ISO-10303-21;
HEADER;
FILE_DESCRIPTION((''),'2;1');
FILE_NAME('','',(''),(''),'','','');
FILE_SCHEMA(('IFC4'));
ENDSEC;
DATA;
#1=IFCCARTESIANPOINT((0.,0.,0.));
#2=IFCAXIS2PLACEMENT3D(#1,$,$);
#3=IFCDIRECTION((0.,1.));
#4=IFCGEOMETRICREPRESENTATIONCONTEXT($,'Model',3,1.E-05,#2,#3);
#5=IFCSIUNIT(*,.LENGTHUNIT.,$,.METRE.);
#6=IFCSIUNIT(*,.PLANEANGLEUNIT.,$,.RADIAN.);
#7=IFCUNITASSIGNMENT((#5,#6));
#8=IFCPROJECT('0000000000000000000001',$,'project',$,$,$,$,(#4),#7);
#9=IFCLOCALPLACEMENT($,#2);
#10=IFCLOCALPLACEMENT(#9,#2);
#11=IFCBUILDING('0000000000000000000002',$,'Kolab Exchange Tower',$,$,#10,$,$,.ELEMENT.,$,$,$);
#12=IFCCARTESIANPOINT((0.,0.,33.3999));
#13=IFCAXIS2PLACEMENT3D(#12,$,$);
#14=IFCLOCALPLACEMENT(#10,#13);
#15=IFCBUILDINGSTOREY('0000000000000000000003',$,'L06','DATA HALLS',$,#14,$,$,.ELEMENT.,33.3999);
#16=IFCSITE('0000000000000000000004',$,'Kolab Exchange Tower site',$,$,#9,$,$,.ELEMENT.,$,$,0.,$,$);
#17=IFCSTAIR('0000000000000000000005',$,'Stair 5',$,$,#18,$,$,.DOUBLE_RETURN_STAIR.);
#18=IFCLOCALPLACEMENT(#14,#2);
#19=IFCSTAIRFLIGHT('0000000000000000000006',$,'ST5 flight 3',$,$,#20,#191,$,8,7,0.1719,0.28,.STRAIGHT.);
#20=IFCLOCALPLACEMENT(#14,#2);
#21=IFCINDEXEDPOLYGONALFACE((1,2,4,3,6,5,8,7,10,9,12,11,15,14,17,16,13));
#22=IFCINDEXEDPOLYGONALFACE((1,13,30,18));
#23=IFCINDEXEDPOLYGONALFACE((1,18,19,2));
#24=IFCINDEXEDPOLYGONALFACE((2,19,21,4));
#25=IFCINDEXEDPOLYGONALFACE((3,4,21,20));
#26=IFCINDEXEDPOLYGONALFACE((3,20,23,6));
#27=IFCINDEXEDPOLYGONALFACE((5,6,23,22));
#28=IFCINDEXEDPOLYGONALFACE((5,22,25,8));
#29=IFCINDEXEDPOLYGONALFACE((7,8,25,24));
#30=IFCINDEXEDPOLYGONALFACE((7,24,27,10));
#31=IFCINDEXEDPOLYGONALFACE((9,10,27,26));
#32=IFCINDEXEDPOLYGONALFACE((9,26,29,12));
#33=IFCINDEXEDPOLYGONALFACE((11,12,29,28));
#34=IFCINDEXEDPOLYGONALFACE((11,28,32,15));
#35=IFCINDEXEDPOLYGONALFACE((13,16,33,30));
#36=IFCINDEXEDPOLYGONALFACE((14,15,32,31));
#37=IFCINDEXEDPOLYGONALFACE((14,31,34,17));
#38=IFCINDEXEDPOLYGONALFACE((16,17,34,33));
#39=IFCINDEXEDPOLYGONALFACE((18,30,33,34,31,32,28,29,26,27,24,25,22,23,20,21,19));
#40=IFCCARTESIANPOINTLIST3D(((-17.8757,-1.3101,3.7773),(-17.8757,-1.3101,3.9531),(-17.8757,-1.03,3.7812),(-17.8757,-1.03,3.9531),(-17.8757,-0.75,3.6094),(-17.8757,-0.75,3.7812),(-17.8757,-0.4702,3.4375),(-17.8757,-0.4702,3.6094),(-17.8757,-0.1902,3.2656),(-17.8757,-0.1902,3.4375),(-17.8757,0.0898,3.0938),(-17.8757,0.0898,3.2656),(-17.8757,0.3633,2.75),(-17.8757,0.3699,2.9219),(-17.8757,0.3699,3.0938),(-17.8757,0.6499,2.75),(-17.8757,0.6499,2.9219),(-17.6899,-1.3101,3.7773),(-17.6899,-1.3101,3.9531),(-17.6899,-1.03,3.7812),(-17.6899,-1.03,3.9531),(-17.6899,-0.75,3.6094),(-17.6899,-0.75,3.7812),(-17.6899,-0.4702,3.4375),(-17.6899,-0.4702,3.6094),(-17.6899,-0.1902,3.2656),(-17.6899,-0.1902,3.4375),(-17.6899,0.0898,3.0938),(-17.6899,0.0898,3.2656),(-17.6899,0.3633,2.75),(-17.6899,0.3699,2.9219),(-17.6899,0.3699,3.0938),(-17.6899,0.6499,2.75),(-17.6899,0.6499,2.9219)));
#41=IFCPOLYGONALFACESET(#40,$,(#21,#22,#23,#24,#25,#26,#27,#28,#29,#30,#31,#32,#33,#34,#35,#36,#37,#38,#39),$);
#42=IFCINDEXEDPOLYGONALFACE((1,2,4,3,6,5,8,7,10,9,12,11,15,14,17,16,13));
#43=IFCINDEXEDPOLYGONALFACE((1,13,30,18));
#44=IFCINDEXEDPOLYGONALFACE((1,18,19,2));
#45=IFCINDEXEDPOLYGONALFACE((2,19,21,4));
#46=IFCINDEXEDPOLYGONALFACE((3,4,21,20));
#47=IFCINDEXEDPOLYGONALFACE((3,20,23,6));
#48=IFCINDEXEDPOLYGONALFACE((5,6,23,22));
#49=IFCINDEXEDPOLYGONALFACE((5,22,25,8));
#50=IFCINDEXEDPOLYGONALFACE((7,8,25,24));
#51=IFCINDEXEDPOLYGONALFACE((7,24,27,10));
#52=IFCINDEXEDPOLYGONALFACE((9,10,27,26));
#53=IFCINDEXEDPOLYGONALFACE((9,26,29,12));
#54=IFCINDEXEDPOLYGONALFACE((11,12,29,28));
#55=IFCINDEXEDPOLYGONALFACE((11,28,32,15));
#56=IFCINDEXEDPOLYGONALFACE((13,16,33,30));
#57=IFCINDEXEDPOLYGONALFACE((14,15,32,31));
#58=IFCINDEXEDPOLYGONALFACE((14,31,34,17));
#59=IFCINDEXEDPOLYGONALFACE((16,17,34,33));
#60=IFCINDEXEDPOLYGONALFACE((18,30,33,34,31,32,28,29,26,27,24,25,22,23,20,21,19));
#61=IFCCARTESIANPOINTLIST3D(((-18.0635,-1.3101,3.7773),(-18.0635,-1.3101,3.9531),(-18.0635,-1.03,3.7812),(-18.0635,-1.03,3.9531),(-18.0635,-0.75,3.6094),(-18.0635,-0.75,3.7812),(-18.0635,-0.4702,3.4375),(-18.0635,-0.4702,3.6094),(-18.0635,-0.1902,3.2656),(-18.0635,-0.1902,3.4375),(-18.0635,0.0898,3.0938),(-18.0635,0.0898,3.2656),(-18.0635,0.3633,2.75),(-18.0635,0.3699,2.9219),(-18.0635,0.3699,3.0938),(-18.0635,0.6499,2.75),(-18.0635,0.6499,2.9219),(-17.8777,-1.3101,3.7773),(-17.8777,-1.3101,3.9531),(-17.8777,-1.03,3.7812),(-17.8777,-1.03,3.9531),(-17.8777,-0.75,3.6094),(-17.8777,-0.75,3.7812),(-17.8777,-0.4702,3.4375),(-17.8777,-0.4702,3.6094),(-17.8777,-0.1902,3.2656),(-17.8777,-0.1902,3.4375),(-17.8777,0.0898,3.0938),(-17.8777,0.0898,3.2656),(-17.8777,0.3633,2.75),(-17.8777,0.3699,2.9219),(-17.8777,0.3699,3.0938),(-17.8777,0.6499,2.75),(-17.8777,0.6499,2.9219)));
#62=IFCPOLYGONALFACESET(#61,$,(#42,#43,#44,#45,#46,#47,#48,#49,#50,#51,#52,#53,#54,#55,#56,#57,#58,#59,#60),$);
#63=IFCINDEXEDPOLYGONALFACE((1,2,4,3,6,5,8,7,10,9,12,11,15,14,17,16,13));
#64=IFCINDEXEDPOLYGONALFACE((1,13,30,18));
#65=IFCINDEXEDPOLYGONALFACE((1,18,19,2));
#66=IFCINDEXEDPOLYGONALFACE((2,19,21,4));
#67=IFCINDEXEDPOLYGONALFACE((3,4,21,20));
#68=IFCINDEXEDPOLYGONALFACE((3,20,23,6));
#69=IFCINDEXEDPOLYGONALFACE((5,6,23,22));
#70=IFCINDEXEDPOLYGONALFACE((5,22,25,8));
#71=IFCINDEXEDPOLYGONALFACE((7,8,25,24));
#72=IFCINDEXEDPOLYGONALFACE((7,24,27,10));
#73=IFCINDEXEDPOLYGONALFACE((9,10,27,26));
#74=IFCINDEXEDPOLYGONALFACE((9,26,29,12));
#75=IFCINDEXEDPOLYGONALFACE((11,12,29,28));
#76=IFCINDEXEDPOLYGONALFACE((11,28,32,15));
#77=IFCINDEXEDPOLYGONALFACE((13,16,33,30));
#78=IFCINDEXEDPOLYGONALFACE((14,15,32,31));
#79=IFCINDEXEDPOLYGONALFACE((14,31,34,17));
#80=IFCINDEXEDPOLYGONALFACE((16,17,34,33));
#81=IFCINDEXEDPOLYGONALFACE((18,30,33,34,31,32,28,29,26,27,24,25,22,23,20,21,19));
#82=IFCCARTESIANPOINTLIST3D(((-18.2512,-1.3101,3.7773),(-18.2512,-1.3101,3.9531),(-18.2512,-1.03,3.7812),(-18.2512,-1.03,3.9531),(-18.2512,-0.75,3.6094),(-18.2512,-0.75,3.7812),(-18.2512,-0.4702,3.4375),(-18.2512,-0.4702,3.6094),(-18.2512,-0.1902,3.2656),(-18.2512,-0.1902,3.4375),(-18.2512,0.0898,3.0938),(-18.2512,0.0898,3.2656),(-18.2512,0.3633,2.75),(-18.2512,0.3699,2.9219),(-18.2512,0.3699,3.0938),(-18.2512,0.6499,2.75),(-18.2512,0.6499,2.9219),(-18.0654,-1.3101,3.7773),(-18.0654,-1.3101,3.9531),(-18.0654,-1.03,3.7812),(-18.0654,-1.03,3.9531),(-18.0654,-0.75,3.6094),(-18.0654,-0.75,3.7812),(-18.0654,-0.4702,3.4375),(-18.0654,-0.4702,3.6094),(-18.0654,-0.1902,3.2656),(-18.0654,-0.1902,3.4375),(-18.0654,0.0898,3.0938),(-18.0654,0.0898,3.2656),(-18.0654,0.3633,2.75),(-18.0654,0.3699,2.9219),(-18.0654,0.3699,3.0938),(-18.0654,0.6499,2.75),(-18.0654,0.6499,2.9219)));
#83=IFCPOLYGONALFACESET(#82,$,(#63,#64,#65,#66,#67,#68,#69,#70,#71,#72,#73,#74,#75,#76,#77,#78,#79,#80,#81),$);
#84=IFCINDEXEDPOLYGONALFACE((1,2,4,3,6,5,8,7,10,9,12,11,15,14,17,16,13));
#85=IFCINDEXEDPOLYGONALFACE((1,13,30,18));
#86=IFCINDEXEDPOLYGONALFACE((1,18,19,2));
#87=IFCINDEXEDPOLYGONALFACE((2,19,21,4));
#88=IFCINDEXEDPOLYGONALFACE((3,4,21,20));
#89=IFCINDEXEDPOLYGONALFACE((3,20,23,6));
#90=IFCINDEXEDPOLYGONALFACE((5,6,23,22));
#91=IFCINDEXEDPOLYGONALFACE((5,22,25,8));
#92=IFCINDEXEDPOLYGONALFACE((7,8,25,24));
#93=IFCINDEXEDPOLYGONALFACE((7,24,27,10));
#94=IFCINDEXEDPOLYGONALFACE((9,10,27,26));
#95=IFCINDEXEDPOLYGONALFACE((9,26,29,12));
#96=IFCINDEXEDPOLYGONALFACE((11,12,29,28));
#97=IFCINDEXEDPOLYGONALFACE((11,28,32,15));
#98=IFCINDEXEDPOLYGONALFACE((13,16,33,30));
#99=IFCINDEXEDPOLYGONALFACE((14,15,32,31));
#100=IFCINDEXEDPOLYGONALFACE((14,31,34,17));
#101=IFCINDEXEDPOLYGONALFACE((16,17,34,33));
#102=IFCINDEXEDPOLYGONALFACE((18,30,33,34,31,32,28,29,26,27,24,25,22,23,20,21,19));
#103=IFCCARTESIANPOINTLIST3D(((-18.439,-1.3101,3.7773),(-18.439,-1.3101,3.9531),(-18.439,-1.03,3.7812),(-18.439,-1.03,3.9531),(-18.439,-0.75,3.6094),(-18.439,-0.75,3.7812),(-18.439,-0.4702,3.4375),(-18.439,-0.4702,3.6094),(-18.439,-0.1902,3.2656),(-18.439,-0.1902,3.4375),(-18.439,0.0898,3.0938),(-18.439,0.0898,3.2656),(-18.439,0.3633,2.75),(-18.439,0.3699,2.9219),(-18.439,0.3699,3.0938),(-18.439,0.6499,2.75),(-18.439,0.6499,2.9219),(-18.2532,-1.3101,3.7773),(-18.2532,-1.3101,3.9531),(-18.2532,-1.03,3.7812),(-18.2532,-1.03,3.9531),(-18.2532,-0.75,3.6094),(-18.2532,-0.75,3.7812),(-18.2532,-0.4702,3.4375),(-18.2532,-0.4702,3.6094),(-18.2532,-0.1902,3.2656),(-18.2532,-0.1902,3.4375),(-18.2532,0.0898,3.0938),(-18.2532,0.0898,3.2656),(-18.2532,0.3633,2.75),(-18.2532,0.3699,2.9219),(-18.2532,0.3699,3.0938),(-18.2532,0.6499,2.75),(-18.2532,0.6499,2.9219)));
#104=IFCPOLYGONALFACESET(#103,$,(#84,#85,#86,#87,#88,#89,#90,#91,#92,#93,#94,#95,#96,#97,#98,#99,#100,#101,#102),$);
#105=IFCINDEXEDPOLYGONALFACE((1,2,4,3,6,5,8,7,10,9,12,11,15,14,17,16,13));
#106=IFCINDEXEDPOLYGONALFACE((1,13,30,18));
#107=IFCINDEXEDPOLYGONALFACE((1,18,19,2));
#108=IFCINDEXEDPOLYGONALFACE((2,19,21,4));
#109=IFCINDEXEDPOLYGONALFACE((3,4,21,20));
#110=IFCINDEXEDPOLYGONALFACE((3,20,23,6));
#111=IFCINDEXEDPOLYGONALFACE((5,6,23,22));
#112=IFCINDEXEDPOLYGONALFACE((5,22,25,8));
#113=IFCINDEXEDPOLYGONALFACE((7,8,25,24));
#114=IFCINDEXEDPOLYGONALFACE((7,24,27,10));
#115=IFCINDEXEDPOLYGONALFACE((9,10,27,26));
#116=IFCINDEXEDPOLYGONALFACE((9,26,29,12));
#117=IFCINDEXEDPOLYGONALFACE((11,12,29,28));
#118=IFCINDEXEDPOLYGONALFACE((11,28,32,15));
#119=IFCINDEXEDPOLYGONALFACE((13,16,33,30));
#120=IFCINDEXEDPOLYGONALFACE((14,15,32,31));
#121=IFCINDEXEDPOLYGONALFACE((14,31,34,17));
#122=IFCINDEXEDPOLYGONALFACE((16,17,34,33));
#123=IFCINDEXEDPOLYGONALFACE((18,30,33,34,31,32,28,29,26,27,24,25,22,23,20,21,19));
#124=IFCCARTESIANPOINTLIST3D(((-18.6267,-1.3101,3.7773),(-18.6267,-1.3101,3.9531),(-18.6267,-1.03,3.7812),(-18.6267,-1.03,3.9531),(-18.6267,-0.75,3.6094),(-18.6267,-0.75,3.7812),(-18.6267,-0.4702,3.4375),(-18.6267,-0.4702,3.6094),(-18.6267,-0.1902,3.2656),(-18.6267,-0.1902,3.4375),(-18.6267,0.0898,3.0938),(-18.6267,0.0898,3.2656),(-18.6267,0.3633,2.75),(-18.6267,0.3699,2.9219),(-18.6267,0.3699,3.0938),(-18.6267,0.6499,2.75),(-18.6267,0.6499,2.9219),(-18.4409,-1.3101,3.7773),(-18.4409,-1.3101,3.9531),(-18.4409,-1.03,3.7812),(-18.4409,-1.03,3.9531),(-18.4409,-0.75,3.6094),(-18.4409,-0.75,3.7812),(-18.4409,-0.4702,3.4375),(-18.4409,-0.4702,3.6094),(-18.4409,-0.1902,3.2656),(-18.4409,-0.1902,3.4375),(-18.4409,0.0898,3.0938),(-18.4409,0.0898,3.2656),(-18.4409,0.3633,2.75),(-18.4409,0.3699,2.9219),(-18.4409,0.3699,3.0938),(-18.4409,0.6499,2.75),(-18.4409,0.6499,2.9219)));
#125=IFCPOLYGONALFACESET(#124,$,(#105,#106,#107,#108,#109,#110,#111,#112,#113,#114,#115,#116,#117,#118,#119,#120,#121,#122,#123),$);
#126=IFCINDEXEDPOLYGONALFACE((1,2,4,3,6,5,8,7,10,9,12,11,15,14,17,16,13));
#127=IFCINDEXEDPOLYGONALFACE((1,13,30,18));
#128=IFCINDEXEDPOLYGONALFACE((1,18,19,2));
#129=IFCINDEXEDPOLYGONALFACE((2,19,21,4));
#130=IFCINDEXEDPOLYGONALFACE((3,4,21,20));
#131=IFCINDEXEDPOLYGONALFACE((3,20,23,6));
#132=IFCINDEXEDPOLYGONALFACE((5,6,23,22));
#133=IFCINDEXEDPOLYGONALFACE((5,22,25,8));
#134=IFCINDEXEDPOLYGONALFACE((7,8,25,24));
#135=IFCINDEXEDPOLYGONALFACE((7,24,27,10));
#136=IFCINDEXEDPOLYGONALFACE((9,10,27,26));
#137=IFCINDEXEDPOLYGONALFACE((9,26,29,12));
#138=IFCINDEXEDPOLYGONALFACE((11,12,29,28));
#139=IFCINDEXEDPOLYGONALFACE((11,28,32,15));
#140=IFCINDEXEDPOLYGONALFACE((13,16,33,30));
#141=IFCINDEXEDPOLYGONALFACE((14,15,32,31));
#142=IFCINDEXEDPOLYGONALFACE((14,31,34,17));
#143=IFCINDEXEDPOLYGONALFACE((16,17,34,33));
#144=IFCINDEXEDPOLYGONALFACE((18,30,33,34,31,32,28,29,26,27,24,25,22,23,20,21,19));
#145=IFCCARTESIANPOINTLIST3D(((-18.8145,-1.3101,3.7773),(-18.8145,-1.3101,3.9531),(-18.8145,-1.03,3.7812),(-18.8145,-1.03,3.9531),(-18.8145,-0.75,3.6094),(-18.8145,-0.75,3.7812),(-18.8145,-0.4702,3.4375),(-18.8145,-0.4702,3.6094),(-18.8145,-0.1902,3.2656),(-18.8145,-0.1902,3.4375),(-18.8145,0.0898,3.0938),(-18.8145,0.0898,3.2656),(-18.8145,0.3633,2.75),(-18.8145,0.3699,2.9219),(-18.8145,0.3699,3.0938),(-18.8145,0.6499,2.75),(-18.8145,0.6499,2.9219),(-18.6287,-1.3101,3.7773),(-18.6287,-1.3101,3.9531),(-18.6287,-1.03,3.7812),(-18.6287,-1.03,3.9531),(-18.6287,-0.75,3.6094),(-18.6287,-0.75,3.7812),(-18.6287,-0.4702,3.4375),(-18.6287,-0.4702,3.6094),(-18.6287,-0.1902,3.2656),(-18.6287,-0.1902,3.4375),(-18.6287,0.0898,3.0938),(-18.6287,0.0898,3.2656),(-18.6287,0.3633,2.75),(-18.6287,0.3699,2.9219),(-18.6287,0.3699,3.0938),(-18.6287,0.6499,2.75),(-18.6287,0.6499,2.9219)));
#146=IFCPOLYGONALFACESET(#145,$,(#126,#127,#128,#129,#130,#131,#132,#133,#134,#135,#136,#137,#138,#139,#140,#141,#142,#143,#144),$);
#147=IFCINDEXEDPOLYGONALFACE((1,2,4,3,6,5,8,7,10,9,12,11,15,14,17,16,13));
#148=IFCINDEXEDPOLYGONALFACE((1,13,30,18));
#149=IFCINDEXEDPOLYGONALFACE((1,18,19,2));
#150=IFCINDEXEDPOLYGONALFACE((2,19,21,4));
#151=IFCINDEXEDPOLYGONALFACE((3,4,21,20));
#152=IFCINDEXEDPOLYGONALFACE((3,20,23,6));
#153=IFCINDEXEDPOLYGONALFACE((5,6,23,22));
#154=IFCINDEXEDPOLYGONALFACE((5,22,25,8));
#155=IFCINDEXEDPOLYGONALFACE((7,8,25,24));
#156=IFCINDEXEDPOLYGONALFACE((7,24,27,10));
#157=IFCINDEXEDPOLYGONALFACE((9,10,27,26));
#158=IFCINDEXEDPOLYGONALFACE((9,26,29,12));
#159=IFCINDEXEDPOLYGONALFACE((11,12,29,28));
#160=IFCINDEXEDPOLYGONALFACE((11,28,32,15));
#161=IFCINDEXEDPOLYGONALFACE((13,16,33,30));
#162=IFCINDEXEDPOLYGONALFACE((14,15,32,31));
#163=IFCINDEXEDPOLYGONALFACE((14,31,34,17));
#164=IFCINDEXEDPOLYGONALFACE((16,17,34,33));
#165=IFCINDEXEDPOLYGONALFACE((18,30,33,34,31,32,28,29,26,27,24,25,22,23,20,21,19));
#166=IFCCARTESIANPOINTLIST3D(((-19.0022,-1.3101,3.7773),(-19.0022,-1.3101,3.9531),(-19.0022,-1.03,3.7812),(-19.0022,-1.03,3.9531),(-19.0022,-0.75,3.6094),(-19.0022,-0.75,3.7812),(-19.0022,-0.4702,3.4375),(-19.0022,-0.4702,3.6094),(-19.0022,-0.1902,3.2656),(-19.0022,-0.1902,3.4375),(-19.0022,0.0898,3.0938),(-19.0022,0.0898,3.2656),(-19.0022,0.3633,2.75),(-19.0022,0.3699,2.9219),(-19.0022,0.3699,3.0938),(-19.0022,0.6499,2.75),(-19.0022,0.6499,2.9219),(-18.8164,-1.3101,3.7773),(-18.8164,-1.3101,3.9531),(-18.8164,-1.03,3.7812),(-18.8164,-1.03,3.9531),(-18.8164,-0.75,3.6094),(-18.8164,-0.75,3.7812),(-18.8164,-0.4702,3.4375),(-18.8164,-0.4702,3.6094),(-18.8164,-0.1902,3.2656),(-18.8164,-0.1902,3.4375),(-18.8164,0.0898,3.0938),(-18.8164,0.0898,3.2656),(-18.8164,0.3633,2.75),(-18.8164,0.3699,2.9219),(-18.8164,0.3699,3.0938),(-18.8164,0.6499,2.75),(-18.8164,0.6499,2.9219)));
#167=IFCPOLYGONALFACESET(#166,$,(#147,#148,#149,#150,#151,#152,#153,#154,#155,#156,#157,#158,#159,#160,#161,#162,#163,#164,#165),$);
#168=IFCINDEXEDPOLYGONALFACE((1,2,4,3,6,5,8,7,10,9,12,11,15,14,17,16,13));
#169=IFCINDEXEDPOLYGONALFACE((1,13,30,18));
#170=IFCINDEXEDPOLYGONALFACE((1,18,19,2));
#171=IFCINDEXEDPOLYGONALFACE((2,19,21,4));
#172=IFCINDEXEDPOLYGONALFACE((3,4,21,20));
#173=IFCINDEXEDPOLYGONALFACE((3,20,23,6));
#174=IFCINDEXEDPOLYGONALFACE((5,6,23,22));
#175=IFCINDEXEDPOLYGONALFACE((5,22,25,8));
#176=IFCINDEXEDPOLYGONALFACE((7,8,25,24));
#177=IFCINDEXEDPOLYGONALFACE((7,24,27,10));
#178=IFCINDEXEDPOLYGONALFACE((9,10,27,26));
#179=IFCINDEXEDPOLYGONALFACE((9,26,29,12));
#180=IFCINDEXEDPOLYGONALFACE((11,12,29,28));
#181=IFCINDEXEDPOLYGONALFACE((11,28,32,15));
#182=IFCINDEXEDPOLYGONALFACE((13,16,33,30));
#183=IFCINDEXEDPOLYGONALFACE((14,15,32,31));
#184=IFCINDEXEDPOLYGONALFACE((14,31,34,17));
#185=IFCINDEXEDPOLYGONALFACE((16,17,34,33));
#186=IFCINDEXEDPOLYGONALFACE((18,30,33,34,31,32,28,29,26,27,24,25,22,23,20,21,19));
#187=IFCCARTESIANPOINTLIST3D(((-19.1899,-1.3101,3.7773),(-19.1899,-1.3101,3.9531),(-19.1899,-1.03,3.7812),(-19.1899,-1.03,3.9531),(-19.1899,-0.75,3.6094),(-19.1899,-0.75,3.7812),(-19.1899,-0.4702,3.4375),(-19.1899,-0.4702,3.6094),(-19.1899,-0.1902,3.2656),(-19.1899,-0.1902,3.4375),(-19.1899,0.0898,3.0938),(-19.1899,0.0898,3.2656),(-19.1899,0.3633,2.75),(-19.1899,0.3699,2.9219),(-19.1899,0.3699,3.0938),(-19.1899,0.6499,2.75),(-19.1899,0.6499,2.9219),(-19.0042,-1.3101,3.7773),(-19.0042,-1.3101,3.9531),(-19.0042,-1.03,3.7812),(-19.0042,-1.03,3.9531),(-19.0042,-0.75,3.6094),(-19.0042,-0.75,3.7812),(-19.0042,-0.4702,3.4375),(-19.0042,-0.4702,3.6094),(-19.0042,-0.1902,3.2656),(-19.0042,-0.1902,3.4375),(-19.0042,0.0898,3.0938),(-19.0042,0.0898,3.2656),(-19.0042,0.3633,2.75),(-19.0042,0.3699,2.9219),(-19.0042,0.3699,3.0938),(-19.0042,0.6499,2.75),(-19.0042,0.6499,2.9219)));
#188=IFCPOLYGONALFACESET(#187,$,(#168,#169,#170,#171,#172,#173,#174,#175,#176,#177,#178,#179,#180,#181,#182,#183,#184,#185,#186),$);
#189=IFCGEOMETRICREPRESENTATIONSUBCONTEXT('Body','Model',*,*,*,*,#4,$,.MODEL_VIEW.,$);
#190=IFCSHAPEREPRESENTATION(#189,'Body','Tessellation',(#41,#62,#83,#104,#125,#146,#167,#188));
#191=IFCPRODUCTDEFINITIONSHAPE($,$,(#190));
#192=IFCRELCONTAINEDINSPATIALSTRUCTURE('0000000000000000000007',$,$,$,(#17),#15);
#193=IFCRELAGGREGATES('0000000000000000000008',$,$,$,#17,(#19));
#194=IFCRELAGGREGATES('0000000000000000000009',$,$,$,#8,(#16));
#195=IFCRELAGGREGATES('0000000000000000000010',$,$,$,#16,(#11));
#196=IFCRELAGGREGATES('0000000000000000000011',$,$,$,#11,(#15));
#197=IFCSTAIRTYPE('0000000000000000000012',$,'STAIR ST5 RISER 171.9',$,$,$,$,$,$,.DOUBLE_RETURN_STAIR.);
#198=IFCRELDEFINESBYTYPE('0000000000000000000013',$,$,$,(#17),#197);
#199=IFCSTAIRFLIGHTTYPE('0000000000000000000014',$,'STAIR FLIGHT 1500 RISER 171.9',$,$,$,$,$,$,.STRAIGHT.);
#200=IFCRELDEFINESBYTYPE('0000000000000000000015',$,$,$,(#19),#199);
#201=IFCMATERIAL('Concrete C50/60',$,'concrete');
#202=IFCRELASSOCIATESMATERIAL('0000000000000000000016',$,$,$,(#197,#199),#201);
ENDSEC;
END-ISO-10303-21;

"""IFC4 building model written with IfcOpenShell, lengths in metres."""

from ifc_helpers import new_model, si_unit, direction, frame, origin, place, context, subcontext, project, spatial, polyline, outline, extrude, material, type_object, element, aggregate, save


model = new_model("IFC4")

# Units and contexts
model_context = context("Model", 3, precision=1e-05, world=origin(), true_north=direction((0.0, 1.0)))
body_context = subcontext(model_context, "Body", "Model", "MODEL_VIEW")
ifc_project = project(units=[si_unit("LENGTHUNIT", "METRE"), si_unit("PLANEANGLEUNIT", "RADIAN")], contexts=[model_context])

# Site, building, storey
site_placement = place(None, origin())
site = spatial("IfcSite", under=ifc_project, at=site_placement, Name="Kolab Exchange Tower site", CompositionType="ELEMENT", RefElevation=0.0)
building_placement = place(site_placement, origin())
building = spatial("IfcBuilding", under=site, at=building_placement, Name="Kolab Exchange Tower", CompositionType="ELEMENT")
storey_placement = place(building_placement, frame((0.0, 0.0, 33.3999)))
storey = spatial("IfcBuildingStorey", under=building, at=storey_placement, Name="L06", Description="DATA HALLS", CompositionType="ELEMENT", Elevation=33.3999)

# Shared definitions
ifc_material_1 = material(Name="Concrete C50/60", Category="concrete")

# Stair, stair flight
stair_type = type_object("IfcStairType", Name="STAIR ST5 RISER 171.9", PredefinedType="DOUBLE_RETURN_STAIR", material=ifc_material_1)
stair_placement = place(storey_placement, origin())
stair = element("IfcStair", 1, at=stair_placement, inside=storey, type_object=stair_type, Name="Stair 5", PredefinedType="DOUBLE_RETURN_STAIR")
stair_flight_type = type_object("IfcStairFlightType", Name="STAIR FLIGHT 1500 RISER 171.9", PredefinedType="STRAIGHT", material=ifc_material_1)
stair_flight_1_placement = place(storey_placement, frame((-18.4399, 0.6499, 2.75), z_axis=(0.0, 0.0, 1.0), x_axis=(0.0, -1.0, 0.0)))
stair_flight_1 = element("IfcStairFlight", 2, at=stair_flight_1_placement, type_object=stair_flight_type, Name="ST5 flight 3", NumberOfRisers=8, NumberOfTreads=7, PredefinedType="STRAIGHT", RiserHeight=0.1719, TreadLength=0.28, context=body_context, shape_type="SweptSolid", body=[
    extrude(outline(polyline([(0.0, 0.0), (0.0, 0.1719), (0.28, 0.1719), (0.28, 0.3438), (0.5601, 0.3438), (0.5601, 0.5156), (0.8401, 0.5156), (0.8401, 0.6875), (1.1201, 0.6875), (1.1201, 0.8594), (1.3999, 0.8594), (1.3999, 1.0312), (1.6799, 1.0312), (1.6799, 1.2031), (1.96, 1.2031), (1.96, 1.375), (1.96, 1.0273), (0.2866, 0.0), (0.0, 0.0)])), frame((0.0, 0.75, 0.0), z_axis=(0.0, -1.0, 0.0), x_axis=(1.0, 0.0, 0.0)), (0.0, 0.0, 1.0), 0.1858),
    extrude(outline(polyline([(0.0, 0.0), (0.0, 0.1719), (0.28, 0.1719), (0.28, 0.3438), (0.5601, 0.3438), (0.5601, 0.5156), (0.8401, 0.5156), (0.8401, 0.6875), (1.1201, 0.6875), (1.1201, 0.8594), (1.3999, 0.8594), (1.3999, 1.0312), (1.6799, 1.0312), (1.6799, 1.2031), (1.96, 1.2031), (1.96, 1.375), (1.96, 1.0273), (0.2866, 0.0), (0.0, 0.0)])), frame((0.0, 0.5623, 0.0), z_axis=(0.0, -1.0, 0.0), x_axis=(1.0, 0.0, 0.0)), (0.0, 0.0, 1.0), 0.1858),
    extrude(outline(polyline([(0.0, 0.0), (0.0, 0.1719), (0.28, 0.1719), (0.28, 0.3438), (0.5601, 0.3438), (0.5601, 0.5156), (0.8401, 0.5156), (0.8401, 0.6875), (1.1201, 0.6875), (1.1201, 0.8594), (1.3999, 0.8594), (1.3999, 1.0312), (1.6799, 1.0312), (1.6799, 1.2031), (1.96, 1.2031), (1.96, 1.375), (1.96, 1.0273), (0.2866, 0.0), (0.0, 0.0)])), frame((0.0, 0.3745, 0.0), z_axis=(0.0, -1.0, 0.0), x_axis=(1.0, 0.0, 0.0)), (0.0, 0.0, 1.0), 0.1858),
    extrude(outline(polyline([(0.0, 0.0), (0.0, 0.1719), (0.28, 0.1719), (0.28, 0.3438), (0.5601, 0.3438), (0.5601, 0.5156), (0.8401, 0.5156), (0.8401, 0.6875), (1.1201, 0.6875), (1.1201, 0.8594), (1.3999, 0.8594), (1.3999, 1.0312), (1.6799, 1.0312), (1.6799, 1.2031), (1.96, 1.2031), (1.96, 1.375), (1.96, 1.0273), (0.2866, 0.0), (0.0, 0.0)])), frame((0.0, 0.1868, 0.0), z_axis=(0.0, -1.0, 0.0), x_axis=(1.0, 0.0, 0.0)), (0.0, 0.0, 1.0), 0.1858),
    extrude(outline(polyline([(0.0, 0.0), (0.0, 0.1719), (0.28, 0.1719), (0.28, 0.3438), (0.5601, 0.3438), (0.5601, 0.5156), (0.8401, 0.5156), (0.8401, 0.6875), (1.1201, 0.6875), (1.1201, 0.8594), (1.3999, 0.8594), (1.3999, 1.0312), (1.6799, 1.0312), (1.6799, 1.2031), (1.96, 1.2031), (1.96, 1.375), (1.96, 1.0273), (0.2866, 0.0), (0.0, 0.0)])), frame((0.0, -0.001, 0.0), z_axis=(0.0, -1.0, 0.0), x_axis=(1.0, 0.0, 0.0)), (0.0, 0.0, 1.0), 0.1858),
    extrude(outline(polyline([(0.0, 0.0), (0.0, 0.1719), (0.28, 0.1719), (0.28, 0.3438), (0.5601, 0.3438), (0.5601, 0.5156), (0.8401, 0.5156), (0.8401, 0.6875), (1.1201, 0.6875), (1.1201, 0.8594), (1.3999, 0.8594), (1.3999, 1.0312), (1.6799, 1.0312), (1.6799, 1.2031), (1.96, 1.2031), (1.96, 1.375), (1.96, 1.0273), (0.2866, 0.0), (0.0, 0.0)])), frame((0.0, -0.1887, 0.0), z_axis=(0.0, -1.0, 0.0), x_axis=(1.0, 0.0, 0.0)), (0.0, 0.0, 1.0), 0.1858),
    extrude(outline(polyline([(0.0, 0.0), (0.0, 0.1719), (0.28, 0.1719), (0.28, 0.3438), (0.5601, 0.3438), (0.5601, 0.5156), (0.8401, 0.5156), (0.8401, 0.6875), (1.1201, 0.6875), (1.1201, 0.8594), (1.3999, 0.8594), (1.3999, 1.0312), (1.6799, 1.0312), (1.6799, 1.2031), (1.96, 1.2031), (1.96, 1.375), (1.96, 1.0273), (0.2866, 0.0), (0.0, 0.0)])), frame((0.0, -0.3765, 0.0), z_axis=(0.0, -1.0, 0.0), x_axis=(1.0, 0.0, 0.0)), (0.0, 0.0, 1.0), 0.1858),
    extrude(outline(polyline([(0.0, 0.0), (0.0, 0.1719), (0.28, 0.1719), (0.28, 0.3438), (0.5601, 0.3438), (0.5601, 0.5156), (0.8401, 0.5156), (0.8401, 0.6875), (1.1201, 0.6875), (1.1201, 0.8594), (1.3999, 0.8594), (1.3999, 1.0312), (1.6799, 1.0312), (1.6799, 1.2031), (1.96, 1.2031), (1.96, 1.375), (1.96, 1.0273), (0.2866, 0.0), (0.0, 0.0)])), frame((0.0, -0.5642, 0.0), z_axis=(0.0, -1.0, 0.0), x_axis=(1.0, 0.0, 0.0)), (0.0, 0.0, 1.0), 0.1858),
])
aggregate(stair, [stair_flight_1])

save(model, "model.ifc")
